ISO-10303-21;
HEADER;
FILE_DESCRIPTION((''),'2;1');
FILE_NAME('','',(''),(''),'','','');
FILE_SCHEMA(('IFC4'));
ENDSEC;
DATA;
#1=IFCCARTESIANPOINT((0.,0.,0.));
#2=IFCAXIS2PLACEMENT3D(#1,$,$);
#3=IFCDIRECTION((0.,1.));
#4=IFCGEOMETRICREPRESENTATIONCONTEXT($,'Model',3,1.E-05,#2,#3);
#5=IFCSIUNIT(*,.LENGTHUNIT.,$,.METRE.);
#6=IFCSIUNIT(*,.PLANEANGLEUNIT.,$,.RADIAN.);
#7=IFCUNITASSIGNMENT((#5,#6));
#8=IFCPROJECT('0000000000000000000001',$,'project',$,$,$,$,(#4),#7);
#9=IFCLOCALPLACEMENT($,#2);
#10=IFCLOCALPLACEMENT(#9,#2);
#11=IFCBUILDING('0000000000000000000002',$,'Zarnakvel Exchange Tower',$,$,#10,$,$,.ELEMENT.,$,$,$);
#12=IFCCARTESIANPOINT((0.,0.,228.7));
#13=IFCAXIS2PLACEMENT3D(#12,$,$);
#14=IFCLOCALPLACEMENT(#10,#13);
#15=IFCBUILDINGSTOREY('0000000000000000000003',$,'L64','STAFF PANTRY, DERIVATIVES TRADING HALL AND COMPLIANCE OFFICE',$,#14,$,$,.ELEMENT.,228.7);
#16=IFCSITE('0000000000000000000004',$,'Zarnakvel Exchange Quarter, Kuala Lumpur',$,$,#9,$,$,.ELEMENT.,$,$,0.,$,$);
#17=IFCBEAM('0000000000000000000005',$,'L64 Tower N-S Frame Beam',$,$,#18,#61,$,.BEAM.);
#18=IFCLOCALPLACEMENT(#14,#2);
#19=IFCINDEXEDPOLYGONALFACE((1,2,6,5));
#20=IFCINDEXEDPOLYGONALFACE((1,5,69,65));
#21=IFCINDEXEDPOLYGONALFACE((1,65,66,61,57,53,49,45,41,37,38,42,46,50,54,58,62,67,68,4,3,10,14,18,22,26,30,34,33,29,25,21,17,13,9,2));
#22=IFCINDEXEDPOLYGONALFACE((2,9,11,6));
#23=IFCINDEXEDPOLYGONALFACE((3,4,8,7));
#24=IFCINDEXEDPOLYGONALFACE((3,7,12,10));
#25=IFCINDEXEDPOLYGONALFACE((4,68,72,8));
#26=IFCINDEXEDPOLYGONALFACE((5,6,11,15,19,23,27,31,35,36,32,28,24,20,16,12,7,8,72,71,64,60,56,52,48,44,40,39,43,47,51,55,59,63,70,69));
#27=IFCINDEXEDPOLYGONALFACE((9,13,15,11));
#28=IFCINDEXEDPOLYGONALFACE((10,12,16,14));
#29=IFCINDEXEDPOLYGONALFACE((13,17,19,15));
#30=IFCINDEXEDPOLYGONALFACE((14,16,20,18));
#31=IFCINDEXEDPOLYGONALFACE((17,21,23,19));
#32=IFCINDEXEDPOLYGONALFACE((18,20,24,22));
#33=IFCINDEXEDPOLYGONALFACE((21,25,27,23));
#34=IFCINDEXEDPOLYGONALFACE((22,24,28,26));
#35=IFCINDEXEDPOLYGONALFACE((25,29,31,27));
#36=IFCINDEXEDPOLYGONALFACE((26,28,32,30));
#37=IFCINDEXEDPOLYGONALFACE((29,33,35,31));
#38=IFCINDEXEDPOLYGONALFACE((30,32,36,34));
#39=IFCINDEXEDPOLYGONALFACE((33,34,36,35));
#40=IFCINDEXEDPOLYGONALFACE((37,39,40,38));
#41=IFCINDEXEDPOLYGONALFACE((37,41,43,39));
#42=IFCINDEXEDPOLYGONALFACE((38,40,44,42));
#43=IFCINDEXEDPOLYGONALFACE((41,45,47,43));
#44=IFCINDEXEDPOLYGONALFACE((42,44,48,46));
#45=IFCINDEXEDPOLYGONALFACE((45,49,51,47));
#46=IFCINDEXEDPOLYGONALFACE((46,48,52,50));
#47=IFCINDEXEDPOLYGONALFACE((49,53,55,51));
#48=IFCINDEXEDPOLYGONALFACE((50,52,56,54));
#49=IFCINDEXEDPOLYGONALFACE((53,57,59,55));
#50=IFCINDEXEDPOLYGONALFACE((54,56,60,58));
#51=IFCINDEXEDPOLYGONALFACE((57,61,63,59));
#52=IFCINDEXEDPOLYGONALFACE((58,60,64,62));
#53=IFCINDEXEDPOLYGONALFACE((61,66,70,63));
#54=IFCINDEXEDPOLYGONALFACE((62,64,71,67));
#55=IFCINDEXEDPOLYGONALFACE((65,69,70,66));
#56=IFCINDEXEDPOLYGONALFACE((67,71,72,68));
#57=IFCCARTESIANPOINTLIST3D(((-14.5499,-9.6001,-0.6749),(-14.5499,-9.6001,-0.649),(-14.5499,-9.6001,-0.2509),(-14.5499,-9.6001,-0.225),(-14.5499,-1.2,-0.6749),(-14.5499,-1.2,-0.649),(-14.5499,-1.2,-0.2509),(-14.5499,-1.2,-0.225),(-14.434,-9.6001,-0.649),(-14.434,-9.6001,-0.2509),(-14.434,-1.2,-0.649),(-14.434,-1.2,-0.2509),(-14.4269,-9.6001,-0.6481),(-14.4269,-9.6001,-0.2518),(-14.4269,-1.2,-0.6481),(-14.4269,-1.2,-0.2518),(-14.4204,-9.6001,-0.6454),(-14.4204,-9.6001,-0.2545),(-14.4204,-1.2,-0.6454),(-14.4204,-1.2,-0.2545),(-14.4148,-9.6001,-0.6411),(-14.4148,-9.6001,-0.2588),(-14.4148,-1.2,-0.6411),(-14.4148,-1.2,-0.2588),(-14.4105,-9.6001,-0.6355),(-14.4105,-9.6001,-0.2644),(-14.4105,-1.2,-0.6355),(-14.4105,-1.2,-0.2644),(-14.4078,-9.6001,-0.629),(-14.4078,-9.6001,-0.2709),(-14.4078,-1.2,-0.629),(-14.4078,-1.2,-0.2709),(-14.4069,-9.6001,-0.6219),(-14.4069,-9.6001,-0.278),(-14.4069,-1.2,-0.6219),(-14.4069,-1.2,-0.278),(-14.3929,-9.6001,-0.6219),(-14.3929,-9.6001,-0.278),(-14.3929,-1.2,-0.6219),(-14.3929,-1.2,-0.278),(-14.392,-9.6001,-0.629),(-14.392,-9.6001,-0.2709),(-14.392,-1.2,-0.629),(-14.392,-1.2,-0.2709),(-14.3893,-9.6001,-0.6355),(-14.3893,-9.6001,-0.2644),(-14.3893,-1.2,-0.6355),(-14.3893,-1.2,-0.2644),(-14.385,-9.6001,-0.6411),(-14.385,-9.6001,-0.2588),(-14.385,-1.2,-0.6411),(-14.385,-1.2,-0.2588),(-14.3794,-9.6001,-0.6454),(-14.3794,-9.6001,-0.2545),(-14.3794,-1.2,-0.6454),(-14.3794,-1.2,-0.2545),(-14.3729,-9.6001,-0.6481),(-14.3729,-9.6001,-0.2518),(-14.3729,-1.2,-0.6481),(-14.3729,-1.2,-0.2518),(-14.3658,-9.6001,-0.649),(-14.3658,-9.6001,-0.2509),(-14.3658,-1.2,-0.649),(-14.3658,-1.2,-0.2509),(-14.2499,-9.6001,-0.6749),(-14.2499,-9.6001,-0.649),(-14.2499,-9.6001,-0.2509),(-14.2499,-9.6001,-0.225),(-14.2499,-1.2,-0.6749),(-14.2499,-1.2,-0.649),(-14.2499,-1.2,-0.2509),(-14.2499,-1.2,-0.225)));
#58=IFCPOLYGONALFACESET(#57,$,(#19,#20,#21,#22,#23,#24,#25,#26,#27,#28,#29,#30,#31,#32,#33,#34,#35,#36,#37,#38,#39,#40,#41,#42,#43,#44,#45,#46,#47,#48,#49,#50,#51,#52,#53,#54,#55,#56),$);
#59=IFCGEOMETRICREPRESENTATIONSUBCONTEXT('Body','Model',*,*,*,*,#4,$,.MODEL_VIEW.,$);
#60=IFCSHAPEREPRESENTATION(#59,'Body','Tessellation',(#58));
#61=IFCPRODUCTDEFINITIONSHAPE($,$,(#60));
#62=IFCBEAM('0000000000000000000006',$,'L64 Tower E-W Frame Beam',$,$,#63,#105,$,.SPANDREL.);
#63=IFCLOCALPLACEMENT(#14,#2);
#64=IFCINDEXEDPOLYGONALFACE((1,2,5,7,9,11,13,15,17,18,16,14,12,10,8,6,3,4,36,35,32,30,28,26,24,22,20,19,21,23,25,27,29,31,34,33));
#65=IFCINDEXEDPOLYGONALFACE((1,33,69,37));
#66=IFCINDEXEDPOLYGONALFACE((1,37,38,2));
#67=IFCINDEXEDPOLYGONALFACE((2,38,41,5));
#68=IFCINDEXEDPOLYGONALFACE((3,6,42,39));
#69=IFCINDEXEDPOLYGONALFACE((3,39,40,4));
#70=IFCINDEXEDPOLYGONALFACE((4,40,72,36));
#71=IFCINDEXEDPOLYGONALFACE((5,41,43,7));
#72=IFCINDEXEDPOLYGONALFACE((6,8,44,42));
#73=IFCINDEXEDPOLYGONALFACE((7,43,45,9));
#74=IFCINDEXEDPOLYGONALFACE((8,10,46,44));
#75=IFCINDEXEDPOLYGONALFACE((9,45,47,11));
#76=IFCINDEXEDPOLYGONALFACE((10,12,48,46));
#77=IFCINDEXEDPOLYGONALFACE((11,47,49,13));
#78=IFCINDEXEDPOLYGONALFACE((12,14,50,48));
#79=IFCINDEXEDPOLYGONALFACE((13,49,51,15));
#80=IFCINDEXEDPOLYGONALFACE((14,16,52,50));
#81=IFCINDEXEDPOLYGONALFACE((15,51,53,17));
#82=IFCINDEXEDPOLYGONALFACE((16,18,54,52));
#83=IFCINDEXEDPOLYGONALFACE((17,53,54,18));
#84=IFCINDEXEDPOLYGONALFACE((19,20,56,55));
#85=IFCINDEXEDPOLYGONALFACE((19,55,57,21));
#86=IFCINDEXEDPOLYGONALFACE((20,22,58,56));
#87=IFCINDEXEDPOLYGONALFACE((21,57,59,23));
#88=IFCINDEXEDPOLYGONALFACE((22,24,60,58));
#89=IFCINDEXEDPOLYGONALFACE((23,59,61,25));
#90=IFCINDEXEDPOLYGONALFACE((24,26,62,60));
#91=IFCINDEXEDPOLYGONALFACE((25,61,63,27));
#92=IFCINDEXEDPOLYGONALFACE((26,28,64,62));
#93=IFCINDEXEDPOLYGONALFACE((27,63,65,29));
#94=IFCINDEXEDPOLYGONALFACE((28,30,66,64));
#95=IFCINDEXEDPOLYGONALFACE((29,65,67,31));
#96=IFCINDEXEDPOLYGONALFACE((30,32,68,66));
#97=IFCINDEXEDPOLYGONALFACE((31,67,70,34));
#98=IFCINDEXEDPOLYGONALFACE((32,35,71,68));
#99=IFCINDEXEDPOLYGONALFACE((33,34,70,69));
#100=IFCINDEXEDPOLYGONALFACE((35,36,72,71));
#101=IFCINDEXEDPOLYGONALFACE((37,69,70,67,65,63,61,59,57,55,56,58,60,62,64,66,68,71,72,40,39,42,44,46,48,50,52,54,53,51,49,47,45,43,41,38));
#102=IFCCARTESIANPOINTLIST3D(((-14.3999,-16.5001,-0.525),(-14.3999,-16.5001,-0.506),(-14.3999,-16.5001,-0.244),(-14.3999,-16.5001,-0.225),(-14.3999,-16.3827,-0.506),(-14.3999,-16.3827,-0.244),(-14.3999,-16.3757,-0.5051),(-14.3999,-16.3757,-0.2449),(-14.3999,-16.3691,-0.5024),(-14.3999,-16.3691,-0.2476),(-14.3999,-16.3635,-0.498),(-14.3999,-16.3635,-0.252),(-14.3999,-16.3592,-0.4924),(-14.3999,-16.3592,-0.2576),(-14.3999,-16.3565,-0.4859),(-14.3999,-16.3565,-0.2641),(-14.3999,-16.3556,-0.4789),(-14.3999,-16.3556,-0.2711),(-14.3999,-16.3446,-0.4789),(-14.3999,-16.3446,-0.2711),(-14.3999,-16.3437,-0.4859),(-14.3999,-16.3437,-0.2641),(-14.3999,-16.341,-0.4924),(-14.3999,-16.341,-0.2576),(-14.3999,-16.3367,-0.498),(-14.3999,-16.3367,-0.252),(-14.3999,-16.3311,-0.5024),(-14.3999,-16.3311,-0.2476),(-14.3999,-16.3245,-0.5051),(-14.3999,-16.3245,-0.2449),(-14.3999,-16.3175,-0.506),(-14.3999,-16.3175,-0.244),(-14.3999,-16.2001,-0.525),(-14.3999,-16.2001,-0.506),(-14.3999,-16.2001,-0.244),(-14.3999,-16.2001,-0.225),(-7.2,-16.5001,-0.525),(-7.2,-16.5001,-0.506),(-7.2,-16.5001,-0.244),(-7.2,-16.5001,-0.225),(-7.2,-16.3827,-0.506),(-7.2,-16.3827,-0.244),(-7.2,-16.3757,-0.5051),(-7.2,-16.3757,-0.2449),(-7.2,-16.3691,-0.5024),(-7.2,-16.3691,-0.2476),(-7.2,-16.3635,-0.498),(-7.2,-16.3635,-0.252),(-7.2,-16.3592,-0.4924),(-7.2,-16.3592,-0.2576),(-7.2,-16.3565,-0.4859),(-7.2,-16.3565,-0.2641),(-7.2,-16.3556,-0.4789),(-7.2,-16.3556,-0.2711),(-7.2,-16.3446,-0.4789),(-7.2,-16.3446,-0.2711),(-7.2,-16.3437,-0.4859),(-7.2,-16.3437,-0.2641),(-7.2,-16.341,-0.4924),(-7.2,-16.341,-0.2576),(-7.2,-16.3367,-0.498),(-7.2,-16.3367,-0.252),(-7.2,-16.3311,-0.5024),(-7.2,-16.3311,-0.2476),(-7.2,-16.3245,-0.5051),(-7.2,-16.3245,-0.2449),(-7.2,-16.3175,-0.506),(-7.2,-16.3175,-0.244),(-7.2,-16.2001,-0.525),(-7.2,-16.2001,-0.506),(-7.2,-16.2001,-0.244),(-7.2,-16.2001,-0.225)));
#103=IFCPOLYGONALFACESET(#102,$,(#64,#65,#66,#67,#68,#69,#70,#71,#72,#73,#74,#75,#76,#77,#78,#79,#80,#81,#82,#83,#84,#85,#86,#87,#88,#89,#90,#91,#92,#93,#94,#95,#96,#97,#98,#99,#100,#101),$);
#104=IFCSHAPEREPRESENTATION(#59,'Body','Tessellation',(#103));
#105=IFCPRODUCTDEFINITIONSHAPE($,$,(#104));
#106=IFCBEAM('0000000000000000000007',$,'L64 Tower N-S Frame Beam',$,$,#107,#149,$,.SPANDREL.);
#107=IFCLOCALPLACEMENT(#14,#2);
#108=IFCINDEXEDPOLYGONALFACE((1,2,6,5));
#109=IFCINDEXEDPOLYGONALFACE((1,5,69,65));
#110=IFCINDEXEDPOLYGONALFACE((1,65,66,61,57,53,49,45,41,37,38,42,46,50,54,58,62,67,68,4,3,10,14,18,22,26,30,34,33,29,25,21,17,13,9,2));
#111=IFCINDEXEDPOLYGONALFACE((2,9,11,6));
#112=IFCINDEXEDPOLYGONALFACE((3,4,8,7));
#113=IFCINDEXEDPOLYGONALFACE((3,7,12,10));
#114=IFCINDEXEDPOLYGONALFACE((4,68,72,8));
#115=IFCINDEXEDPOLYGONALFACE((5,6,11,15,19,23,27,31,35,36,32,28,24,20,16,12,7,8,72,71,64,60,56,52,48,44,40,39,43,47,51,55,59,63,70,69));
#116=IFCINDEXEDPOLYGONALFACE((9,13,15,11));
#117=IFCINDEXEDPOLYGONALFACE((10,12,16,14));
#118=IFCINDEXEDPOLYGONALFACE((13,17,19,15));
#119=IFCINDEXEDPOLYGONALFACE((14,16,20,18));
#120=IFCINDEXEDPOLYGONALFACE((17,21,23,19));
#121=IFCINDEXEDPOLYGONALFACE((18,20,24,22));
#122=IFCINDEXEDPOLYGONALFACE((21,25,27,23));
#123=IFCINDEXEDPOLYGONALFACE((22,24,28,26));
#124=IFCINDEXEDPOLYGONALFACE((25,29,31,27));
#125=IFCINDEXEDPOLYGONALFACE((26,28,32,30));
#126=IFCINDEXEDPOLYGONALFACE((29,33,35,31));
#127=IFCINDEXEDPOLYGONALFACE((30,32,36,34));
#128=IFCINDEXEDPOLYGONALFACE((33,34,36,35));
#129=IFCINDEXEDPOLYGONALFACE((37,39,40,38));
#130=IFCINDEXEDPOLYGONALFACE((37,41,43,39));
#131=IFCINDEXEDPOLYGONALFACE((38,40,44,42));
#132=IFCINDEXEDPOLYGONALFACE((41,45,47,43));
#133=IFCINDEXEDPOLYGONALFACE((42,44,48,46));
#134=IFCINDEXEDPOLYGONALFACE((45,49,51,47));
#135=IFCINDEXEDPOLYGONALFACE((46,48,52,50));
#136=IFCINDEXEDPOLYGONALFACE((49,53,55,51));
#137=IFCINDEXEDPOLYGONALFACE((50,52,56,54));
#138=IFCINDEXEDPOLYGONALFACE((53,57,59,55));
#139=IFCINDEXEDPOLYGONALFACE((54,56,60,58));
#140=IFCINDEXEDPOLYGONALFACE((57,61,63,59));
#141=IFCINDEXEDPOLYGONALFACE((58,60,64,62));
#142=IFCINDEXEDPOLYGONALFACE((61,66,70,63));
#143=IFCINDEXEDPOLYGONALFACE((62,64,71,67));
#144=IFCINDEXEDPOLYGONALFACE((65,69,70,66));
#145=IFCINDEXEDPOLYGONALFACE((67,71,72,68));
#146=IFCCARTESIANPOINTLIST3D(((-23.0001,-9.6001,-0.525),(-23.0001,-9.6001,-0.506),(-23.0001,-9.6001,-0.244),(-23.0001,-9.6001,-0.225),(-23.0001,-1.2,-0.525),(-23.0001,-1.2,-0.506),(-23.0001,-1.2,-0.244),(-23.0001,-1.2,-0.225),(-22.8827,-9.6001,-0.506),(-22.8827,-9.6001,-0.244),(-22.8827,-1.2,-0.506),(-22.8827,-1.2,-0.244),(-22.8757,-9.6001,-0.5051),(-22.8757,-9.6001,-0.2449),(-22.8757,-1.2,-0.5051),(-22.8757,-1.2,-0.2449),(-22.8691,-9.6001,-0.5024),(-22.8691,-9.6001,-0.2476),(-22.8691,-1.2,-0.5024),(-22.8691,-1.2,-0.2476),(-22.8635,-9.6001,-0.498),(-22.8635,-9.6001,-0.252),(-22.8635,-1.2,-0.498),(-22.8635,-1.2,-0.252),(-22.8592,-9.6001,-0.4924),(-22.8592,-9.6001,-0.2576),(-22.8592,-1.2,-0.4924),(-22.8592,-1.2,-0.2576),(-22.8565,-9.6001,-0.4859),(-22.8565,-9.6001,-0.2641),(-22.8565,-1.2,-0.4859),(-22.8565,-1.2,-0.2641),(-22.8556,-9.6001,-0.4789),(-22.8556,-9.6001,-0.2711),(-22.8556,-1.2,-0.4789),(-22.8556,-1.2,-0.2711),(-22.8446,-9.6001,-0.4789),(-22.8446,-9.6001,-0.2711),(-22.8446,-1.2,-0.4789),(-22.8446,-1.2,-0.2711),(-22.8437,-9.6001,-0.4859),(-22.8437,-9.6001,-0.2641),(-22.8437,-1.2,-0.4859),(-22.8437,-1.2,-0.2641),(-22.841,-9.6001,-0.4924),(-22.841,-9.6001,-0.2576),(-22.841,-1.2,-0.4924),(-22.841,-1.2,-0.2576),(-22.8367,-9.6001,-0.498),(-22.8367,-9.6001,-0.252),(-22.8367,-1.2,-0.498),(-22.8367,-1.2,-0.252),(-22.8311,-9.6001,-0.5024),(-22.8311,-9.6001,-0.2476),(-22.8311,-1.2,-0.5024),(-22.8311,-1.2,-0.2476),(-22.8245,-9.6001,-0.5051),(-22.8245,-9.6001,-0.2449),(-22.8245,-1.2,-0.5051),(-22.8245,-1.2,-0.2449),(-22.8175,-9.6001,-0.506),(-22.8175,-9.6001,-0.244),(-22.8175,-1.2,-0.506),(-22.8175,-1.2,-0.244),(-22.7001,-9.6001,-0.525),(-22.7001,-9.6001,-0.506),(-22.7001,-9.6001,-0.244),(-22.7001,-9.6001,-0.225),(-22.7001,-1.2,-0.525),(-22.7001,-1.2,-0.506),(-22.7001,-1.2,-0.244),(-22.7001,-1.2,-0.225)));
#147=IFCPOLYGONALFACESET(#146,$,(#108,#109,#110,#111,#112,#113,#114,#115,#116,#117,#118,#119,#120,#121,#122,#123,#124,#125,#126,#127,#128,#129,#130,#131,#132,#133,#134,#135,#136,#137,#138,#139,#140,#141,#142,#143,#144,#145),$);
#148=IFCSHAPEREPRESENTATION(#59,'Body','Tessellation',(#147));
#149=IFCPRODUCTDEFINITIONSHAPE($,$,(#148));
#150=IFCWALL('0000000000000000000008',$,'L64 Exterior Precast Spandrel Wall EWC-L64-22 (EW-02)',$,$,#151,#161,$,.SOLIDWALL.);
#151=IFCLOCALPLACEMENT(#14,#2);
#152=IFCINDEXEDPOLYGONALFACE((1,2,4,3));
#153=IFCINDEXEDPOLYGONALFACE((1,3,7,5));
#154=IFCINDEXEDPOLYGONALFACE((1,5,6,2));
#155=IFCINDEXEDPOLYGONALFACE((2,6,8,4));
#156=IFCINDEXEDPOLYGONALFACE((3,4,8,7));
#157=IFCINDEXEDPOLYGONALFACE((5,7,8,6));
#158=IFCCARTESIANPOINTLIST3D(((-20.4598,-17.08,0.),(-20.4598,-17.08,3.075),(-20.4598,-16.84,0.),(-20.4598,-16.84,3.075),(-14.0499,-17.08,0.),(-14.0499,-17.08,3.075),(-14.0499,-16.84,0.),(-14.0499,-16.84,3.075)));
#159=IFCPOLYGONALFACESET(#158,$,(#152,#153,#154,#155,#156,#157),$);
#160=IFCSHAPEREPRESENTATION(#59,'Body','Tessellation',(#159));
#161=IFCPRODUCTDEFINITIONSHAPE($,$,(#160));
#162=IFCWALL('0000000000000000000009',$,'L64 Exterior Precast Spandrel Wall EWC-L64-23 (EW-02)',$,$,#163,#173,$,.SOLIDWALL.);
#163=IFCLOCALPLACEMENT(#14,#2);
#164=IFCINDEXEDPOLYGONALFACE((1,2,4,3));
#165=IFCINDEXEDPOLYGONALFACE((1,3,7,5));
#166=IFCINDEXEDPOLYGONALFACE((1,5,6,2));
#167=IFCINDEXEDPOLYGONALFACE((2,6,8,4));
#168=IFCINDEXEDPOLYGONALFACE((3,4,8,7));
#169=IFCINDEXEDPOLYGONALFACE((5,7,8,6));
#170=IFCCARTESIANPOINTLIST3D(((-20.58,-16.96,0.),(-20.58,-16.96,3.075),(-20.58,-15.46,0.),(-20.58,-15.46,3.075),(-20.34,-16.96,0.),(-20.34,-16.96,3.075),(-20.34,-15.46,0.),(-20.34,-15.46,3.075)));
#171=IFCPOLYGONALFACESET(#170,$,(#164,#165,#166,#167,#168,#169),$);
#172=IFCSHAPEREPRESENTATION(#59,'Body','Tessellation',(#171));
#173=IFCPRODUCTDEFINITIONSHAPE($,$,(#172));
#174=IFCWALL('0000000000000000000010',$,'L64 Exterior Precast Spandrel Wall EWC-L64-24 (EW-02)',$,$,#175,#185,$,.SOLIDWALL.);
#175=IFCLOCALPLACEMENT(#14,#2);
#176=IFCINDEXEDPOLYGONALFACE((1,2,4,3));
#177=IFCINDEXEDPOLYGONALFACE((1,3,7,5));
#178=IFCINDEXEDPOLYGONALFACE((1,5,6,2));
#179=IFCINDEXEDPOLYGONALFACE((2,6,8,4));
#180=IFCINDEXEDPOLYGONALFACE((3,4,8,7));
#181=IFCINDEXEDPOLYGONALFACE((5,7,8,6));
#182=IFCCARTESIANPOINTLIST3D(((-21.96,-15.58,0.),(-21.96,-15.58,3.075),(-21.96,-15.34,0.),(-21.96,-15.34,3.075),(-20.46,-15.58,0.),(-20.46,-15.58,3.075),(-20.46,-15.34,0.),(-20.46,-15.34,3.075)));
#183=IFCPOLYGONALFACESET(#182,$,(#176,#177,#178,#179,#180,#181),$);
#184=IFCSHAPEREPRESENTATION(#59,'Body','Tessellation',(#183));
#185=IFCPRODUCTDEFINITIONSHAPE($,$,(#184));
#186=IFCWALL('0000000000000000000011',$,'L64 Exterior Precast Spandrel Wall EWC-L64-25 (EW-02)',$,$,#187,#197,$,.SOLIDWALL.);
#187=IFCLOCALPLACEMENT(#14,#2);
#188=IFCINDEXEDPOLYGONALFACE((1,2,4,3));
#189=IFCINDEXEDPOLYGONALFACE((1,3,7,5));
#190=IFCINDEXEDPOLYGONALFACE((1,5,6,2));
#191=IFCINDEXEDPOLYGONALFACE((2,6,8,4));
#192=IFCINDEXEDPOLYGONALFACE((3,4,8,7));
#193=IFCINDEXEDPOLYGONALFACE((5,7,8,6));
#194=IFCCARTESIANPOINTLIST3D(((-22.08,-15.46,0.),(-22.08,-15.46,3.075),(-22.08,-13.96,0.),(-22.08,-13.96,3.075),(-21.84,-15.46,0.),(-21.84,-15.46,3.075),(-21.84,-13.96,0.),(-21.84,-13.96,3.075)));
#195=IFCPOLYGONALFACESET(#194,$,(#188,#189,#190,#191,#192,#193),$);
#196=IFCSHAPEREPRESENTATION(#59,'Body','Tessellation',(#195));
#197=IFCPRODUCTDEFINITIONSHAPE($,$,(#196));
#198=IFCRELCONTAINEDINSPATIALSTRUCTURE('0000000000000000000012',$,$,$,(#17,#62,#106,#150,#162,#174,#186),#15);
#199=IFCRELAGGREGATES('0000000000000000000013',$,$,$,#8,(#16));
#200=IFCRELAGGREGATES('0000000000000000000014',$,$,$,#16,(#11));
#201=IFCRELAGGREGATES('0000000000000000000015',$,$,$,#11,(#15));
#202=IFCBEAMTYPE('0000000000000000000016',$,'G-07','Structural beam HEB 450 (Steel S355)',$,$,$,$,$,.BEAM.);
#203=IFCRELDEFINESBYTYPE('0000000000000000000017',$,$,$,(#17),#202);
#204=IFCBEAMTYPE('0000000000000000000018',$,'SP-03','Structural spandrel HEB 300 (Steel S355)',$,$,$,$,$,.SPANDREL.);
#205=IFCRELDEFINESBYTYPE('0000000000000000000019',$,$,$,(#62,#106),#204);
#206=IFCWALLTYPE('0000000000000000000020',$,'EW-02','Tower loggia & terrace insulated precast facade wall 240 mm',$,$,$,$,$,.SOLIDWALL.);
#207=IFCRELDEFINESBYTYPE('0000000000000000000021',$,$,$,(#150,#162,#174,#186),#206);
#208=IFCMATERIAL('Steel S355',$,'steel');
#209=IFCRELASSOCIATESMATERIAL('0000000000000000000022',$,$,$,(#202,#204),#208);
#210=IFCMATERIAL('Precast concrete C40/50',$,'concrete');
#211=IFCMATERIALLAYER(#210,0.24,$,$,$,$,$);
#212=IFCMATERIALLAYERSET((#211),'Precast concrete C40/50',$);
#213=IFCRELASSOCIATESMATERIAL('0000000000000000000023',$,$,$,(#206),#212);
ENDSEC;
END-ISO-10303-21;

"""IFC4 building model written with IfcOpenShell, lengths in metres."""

from ifc_helpers import new_model, si_unit, direction, frame, frame_2d, origin, origin_2d, place, context, subcontext, project, spatial, rectangle, i_section, extrude, material, layer, layer_set, material_profile, profile_set, type_object, element, save


model = new_model("IFC4")

# Units and contexts
model_context = context("Model", 3, precision=1e-05, world=origin(), true_north=direction((0.0, 1.0)))
body_context = subcontext(model_context, "Body", "Model", "MODEL_VIEW")
ifc_project = project(units=[si_unit("LENGTHUNIT", "METRE"), si_unit("PLANEANGLEUNIT", "RADIAN")], contexts=[model_context])

# Site, building, storey
site_placement = place(None, origin())
site = spatial("IfcSite", under=ifc_project, at=site_placement, Name="Zarnakvel Exchange Quarter, Kuala Lumpur", CompositionType="ELEMENT", RefElevation=0.0)
building_placement = place(site_placement, origin())
building = spatial("IfcBuilding", under=site, at=building_placement, Name="Zarnakvel Exchange Tower", CompositionType="ELEMENT")
storey_placement = place(building_placement, frame((0.0, 0.0, 228.7)))
storey = spatial("IfcBuildingStorey", under=building, at=storey_placement, Name="L64", Description="STAFF PANTRY, DERIVATIVES TRADING HALL AND COMPLIANCE OFFICE", CompositionType="ELEMENT", Elevation=228.7)

# Shared definitions
ifc_material_1 = material(Name="Steel S355", Category="steel")

# Beams
ifc_material_profile_1 = material_profile(ifc_material_1, i_section(OverallWidth=0.3, OverallDepth=0.45, WebThickness=0.0139, FlangeThickness=0.0259, FilletRadius=0.0271, at=origin_2d()))
ifc_profile_set_1 = profile_set([ifc_material_profile_1], Name="Steel S355")
beam_type_1 = type_object("IfcBeamType", Name="G-07", Description="Structural beam HEB 450 (Steel S355)", PredefinedType="BEAM", material=ifc_profile_set_1)
beam_1_placement = place(storey_placement, frame((-14.3999, -9.6001, -0.45), z_axis=(0.0, 1.0, 0.0), x_axis=(-1.0, 0.0, 0.0)))
element("IfcBeam", 1, at=beam_1_placement, inside=storey, type_object=beam_type_1, Name="L64 Tower N-S Frame Beam", PredefinedType="BEAM", context=body_context, shape_type="SweptSolid", body=[
    extrude(i_section(OverallWidth=0.3, OverallDepth=0.45, WebThickness=0.0139, FlangeThickness=0.0259, FilletRadius=0.0271, at=origin_2d()), origin(), (0.0, 0.0, 1.0), 8.4001),
])
ifc_material_profile_2 = material_profile(ifc_material_1, i_section(OverallWidth=0.3, OverallDepth=0.3, WebThickness=0.011, FlangeThickness=0.019, FilletRadius=0.0271, at=origin_2d()))
ifc_profile_set_2 = profile_set([ifc_material_profile_2], Name="Steel S355")
beam_type_2 = type_object("IfcBeamType", Name="SP-03", Description="Structural spandrel HEB 300 (Steel S355)", PredefinedType="SPANDREL", material=ifc_profile_set_2)
beam_2_placement = place(storey_placement, frame((-14.3999, -16.3501, -0.375), z_axis=(1.0, 0.0, 0.0), x_axis=(0.0, 1.0, 0.0)))
element("IfcBeam", 2, at=beam_2_placement, inside=storey, type_object=beam_type_2, Name="L64 Tower E-W Frame Beam", PredefinedType="SPANDREL", context=body_context, shape_type="SweptSolid", body=[
    extrude(i_section(OverallWidth=0.3, OverallDepth=0.3, WebThickness=0.011, FlangeThickness=0.019, FilletRadius=0.0271, at=origin_2d()), origin(), (0.0, 0.0, 1.0), 7.2),
])
beam_3_placement = place(storey_placement, frame((-22.8501, -9.6001, -0.375), z_axis=(0.0, 1.0, 0.0), x_axis=(-1.0, 0.0, 0.0)))
element("IfcBeam", 3, at=beam_3_placement, inside=storey, type_object=beam_type_2, Name="L64 Tower N-S Frame Beam", PredefinedType="SPANDREL", context=body_context, shape_type="SweptSolid", body=[
    extrude(i_section(OverallWidth=0.3, OverallDepth=0.3, WebThickness=0.011, FlangeThickness=0.019, FilletRadius=0.0271, at=origin_2d()), origin(), (0.0, 0.0, 1.0), 8.4001),
])

# Walls
ifc_material_2 = material(Name="Precast concrete C40/50", Category="concrete")
ifc_layer_1 = layer(ifc_material_2, 0.24)
ifc_layer_set_1 = layer_set([ifc_layer_1], Name="Precast concrete C40/50")
wall_type_1 = type_object("IfcWallType", Name="EW-02", Description="Tower loggia & terrace insulated precast facade wall 240 mm", PredefinedType="SOLIDWALL", material=ifc_layer_set_1)
wall_1_placement = place(storey_placement, frame((-20.46, -16.96, 0.0), z_axis=(0.0, 0.0, 1.0), x_axis=(1.0, 0.0, 0.0)))
element("IfcWall", 4, at=wall_1_placement, inside=storey, type_object=wall_type_1, Name="L64 Exterior Precast Spandrel Wall EWC-L64-22 (EW-02)", PredefinedType="SOLIDWALL", context=body_context, shape_type="SweptSolid", body=[
    extrude(rectangle(XDim=6.4099, YDim=0.24, at=frame_2d((3.2051, 0.0))), origin(), (0.0, 0.0, 1.0), 3.075),
])
for number, where, z_axis, x_axis, name in (
    (5, (-20.46, -15.46, 0.0), (0.0, 0.0, 1.0), (0.0, -1.0, 0.0), "L64 Exterior Precast Spandrel Wall EWC-L64-23 (EW-02)"),
    (6, (-21.96, -15.46, 0.0), (0.0, 0.0, 1.0), (1.0, 0.0, 0.0), "L64 Exterior Precast Spandrel Wall EWC-L64-24 (EW-02)"),
    (7, (-21.96, -13.96, 0.0), (0.0, 0.0, 1.0), (0.0, -1.0, 0.0), "L64 Exterior Precast Spandrel Wall EWC-L64-25 (EW-02)"),
):
    element("IfcWall", number, at=place(storey_placement, frame(where, z_axis=z_axis, x_axis=x_axis)), inside=storey, type_object=wall_type_1, Name=name, PredefinedType="SOLIDWALL", context=body_context, shape_type="SweptSolid", body=[
        extrude(rectangle(XDim=1.5, YDim=0.24, at=frame_2d((0.75, 0.0))), origin(), (0.0, 0.0, 1.0), 3.075),
    ])

save(model, "model.ifc")
